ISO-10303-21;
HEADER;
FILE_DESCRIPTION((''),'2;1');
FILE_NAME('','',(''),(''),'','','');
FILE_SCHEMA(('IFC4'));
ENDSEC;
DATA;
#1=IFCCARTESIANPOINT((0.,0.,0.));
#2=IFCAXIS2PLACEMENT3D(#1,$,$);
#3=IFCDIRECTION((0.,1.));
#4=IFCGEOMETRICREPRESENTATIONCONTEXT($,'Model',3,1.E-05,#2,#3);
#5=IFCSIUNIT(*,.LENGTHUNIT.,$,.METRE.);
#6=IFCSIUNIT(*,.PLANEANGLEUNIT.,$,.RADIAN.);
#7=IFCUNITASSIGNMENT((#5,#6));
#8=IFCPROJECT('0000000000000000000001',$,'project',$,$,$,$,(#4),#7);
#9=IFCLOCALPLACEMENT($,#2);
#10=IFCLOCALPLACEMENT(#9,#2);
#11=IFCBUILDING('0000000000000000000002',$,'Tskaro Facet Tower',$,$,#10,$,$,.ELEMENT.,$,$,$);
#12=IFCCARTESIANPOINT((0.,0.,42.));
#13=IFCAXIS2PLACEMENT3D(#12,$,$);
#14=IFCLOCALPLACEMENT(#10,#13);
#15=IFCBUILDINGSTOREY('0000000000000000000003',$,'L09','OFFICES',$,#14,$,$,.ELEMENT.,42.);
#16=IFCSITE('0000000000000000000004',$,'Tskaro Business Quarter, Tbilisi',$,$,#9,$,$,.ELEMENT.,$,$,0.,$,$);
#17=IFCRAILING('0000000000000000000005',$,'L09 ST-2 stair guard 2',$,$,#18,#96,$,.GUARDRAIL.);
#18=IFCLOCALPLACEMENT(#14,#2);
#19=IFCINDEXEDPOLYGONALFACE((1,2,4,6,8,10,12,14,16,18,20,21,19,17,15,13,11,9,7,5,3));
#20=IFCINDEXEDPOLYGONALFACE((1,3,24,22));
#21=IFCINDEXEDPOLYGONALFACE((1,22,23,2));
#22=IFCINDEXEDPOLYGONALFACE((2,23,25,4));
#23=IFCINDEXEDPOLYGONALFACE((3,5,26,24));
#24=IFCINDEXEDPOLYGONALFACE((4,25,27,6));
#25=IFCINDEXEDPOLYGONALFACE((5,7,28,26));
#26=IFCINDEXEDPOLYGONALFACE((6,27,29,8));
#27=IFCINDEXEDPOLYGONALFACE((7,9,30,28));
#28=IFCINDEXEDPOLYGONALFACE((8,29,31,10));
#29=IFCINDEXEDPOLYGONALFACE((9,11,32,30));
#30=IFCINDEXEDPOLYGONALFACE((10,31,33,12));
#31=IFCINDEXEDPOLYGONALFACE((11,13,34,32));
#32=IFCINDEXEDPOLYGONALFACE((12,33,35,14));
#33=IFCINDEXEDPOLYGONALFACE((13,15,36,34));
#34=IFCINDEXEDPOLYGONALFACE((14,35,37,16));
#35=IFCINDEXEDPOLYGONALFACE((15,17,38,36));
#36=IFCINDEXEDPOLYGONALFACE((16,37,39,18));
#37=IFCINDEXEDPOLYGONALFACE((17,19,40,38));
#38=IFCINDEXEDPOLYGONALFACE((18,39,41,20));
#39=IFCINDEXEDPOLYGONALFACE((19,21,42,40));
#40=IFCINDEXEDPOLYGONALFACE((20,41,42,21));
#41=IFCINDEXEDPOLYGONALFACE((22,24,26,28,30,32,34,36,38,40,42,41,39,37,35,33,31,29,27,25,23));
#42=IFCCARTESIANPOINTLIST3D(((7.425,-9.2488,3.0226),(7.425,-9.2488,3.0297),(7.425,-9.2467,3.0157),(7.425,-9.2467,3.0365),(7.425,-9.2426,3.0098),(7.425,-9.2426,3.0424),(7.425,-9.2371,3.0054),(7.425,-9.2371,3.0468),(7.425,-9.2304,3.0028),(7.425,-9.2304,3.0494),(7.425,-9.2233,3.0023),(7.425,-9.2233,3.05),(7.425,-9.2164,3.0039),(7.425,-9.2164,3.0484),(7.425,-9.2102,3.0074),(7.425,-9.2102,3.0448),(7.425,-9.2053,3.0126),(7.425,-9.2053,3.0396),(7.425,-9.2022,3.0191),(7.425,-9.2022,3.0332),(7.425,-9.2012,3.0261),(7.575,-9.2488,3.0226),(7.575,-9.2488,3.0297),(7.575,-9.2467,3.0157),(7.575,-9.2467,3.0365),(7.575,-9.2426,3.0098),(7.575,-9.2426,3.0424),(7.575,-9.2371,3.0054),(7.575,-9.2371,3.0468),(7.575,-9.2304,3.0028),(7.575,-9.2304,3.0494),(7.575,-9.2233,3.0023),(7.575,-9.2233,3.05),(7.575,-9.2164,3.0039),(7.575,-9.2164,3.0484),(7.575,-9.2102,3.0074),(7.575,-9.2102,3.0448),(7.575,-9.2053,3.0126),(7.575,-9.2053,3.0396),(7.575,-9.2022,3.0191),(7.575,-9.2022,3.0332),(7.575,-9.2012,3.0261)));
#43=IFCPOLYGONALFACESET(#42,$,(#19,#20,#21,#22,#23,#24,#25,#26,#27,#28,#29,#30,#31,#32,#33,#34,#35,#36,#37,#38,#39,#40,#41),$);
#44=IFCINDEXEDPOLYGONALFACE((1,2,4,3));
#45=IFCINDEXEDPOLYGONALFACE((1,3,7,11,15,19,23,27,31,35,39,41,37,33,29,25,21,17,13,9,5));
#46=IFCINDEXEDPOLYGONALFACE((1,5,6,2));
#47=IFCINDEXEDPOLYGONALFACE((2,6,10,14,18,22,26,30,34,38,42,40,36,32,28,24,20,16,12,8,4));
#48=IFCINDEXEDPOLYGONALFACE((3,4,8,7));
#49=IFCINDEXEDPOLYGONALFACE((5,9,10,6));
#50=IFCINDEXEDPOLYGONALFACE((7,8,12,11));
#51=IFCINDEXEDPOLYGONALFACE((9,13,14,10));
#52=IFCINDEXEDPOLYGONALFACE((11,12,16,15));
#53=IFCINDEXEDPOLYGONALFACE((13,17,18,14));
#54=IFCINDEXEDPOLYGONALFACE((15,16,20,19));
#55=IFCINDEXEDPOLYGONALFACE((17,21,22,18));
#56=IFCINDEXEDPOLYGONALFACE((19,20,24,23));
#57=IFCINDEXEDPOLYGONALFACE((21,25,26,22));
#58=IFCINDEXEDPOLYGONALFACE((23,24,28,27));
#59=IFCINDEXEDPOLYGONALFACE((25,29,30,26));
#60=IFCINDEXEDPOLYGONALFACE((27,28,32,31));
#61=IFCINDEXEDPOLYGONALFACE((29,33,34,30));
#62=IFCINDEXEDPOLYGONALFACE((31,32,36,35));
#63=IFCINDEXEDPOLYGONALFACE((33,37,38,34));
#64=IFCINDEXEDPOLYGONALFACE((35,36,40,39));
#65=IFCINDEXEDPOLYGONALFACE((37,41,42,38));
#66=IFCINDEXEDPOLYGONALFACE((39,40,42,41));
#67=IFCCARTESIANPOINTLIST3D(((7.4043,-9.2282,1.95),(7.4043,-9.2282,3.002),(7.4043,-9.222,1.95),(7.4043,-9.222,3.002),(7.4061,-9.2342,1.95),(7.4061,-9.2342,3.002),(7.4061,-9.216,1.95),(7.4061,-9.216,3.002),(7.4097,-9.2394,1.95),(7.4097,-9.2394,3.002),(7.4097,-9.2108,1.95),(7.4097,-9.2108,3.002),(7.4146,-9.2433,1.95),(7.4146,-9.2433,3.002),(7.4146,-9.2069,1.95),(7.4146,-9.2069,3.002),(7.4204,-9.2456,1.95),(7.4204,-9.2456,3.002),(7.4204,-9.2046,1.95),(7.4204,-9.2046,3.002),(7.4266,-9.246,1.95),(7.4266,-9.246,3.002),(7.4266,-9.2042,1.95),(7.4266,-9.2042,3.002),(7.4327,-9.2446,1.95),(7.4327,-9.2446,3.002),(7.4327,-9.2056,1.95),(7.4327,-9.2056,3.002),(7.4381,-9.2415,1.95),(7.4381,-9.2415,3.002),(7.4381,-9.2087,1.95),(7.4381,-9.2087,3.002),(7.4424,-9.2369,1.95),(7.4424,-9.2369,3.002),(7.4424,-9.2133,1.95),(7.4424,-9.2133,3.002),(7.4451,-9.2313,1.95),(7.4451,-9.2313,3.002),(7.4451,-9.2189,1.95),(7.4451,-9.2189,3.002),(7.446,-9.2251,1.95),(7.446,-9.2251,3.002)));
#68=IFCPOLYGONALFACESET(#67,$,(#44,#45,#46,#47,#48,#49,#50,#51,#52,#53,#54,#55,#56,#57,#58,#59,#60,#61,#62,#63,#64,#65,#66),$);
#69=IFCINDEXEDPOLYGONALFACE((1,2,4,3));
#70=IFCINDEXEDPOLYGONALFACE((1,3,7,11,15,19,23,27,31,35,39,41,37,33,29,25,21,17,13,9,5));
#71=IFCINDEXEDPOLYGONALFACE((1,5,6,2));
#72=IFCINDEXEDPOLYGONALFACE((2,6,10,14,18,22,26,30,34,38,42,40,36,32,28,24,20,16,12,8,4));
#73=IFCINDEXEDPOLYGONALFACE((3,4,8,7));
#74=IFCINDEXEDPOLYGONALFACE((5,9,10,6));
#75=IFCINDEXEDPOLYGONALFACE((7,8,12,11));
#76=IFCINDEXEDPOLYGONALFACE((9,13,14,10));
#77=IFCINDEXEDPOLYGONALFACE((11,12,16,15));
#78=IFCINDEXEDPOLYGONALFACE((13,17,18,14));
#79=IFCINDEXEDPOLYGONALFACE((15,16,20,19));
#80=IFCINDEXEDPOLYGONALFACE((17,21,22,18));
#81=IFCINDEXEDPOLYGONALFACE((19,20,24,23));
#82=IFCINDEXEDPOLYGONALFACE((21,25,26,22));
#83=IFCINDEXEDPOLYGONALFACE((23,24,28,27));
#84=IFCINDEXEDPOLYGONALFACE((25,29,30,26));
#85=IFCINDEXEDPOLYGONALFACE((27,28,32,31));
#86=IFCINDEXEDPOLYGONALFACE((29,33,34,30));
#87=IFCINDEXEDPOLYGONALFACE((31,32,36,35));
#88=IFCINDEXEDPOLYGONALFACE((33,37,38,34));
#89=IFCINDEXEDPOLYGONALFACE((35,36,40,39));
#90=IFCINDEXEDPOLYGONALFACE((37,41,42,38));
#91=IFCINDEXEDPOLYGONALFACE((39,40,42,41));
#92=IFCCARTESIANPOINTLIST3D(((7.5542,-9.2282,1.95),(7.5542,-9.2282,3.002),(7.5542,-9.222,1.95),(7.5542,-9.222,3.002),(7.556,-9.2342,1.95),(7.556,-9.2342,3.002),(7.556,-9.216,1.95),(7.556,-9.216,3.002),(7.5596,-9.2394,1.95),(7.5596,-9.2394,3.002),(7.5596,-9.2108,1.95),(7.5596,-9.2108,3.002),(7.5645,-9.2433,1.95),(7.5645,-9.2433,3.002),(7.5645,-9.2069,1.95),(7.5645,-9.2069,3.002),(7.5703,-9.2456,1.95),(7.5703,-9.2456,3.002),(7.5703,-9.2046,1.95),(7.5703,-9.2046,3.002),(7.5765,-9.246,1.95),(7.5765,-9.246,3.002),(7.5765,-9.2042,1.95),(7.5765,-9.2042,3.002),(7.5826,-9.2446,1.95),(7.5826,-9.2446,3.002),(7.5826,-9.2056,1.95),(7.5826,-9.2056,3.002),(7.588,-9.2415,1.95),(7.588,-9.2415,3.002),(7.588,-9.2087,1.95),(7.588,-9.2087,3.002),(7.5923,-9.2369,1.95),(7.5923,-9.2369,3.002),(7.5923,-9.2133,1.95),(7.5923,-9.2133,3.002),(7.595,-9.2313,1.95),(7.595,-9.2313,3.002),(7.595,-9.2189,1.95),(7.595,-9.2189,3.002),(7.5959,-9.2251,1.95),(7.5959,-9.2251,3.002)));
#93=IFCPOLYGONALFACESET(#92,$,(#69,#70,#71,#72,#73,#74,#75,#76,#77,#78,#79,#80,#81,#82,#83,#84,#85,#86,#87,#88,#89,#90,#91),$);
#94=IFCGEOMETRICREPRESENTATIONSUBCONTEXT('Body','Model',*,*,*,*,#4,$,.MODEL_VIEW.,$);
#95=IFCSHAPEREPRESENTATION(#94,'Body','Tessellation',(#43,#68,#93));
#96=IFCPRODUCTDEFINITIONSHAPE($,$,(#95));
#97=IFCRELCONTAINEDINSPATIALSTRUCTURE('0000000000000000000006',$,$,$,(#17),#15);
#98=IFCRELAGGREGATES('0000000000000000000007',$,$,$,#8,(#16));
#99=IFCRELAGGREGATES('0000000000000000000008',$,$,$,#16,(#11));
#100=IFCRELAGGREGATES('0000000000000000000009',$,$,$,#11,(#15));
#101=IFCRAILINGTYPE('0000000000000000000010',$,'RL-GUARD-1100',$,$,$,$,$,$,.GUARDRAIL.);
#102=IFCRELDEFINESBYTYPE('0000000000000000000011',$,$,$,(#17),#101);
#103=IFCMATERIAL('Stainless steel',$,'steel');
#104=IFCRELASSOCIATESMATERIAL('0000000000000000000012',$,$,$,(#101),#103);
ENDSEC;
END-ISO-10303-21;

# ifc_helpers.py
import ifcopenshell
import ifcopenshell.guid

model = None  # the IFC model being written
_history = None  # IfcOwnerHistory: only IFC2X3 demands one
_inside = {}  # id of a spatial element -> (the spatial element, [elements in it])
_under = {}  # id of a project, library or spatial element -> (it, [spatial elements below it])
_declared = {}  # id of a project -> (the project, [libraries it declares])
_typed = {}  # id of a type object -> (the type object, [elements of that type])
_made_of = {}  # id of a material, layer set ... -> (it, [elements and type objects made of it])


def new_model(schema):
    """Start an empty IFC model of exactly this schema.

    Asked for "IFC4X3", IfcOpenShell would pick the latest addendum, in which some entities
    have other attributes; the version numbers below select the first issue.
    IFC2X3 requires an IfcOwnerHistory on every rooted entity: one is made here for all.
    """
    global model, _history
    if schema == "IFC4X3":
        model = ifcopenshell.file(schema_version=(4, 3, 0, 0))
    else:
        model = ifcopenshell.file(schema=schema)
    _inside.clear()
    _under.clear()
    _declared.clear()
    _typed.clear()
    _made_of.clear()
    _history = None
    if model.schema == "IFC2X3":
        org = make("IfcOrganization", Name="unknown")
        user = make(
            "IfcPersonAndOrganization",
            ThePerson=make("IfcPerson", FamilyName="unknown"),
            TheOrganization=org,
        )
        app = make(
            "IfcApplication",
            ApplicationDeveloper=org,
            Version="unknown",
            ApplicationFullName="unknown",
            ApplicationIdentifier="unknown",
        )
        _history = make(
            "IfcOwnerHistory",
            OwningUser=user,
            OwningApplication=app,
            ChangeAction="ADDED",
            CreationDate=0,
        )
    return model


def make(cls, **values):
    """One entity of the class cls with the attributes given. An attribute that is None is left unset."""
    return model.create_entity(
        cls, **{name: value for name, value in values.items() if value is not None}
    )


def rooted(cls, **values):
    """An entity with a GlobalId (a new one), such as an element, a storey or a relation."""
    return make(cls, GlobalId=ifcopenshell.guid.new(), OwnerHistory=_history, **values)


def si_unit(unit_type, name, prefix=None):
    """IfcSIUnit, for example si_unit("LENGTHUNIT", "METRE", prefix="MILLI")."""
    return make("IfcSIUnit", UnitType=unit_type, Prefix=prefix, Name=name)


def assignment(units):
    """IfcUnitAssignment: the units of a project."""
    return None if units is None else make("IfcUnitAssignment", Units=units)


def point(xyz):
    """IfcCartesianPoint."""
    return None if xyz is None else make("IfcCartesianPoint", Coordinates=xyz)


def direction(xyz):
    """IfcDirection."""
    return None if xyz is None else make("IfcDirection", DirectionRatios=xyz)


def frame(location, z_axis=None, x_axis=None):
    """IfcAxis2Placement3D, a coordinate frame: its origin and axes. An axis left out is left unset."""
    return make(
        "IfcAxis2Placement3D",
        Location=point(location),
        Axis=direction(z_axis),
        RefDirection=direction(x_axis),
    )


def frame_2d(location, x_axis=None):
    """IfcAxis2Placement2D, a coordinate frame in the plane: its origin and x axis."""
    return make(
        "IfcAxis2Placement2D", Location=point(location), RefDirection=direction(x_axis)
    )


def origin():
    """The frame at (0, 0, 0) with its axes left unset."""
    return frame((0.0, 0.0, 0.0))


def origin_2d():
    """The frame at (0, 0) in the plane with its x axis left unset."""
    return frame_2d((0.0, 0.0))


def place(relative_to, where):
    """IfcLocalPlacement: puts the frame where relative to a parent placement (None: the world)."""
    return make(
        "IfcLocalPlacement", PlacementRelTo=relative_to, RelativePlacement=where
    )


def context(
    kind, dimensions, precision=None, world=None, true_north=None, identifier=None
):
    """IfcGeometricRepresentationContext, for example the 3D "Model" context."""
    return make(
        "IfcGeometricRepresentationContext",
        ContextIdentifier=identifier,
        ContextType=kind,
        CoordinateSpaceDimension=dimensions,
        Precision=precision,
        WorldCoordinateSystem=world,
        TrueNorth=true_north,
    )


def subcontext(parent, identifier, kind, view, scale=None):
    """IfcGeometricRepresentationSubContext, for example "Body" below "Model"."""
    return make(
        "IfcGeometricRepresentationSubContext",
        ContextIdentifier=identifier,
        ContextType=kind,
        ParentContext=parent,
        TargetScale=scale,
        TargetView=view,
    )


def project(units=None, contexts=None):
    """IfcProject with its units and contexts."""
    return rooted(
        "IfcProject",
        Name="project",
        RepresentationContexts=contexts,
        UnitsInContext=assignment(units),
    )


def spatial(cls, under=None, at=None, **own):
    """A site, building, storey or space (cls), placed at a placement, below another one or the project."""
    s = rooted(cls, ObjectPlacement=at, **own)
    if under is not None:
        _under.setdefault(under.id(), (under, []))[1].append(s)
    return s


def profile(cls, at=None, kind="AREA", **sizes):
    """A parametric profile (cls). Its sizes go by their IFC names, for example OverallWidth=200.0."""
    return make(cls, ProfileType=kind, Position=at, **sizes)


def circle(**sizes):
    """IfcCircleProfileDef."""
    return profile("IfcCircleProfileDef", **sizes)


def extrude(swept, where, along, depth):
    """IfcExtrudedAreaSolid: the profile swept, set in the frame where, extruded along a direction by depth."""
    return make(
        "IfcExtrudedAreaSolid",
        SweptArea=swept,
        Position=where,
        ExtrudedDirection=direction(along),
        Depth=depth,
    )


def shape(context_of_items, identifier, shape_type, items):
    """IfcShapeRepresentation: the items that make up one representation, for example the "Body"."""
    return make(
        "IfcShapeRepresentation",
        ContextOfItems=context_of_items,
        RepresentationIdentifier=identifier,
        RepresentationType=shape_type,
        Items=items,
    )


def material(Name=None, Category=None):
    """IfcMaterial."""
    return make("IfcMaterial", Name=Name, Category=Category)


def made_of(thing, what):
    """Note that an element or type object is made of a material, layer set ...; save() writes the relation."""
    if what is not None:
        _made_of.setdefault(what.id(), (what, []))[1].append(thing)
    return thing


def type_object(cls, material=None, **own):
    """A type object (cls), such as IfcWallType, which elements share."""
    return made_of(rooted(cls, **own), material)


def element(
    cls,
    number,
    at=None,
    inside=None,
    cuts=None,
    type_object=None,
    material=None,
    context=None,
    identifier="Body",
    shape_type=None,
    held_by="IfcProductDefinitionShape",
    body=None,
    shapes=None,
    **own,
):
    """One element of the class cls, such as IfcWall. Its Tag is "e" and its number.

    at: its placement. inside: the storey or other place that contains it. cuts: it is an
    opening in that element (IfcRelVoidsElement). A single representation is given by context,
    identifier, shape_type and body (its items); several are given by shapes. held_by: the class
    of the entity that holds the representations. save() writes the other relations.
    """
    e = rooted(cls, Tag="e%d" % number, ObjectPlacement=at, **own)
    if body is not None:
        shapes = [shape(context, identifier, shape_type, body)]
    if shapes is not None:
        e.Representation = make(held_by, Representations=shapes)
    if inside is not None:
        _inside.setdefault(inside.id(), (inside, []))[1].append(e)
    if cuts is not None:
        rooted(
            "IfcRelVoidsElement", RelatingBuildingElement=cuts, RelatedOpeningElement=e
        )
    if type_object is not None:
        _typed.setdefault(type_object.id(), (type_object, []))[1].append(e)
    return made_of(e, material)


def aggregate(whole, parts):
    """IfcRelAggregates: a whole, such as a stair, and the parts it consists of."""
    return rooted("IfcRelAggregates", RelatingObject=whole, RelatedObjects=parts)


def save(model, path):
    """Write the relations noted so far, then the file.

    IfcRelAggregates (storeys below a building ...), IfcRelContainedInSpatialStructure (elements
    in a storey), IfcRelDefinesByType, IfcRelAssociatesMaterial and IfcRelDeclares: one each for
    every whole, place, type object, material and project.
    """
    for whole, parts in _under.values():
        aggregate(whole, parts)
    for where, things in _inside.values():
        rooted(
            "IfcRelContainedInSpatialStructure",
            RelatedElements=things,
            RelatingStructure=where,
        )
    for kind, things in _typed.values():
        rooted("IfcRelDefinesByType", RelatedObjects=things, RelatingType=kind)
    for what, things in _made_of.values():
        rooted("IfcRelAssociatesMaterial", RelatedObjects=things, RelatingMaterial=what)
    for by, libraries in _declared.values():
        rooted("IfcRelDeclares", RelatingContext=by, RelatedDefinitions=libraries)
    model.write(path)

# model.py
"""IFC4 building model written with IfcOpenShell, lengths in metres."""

from ifc_helpers import new_model, si_unit, direction, frame, origin, origin_2d, place, context, subcontext, project, spatial, circle, extrude, material, type_object, element, save


model = new_model("IFC4")

# Units and contexts
model_context = context("Model", 3, precision=1e-05, world=origin(), true_north=direction((0.0, 1.0)))
body_context = subcontext(model_context, "Body", "Model", "MODEL_VIEW")
ifc_project = project(units=[si_unit("LENGTHUNIT", "METRE"), si_unit("PLANEANGLEUNIT", "RADIAN")], contexts=[model_context])

# Site, building, storey
site_placement = place(None, origin())
site = spatial("IfcSite", under=ifc_project, at=site_placement, Name="Tskaro Business Quarter, Tbilisi", CompositionType="ELEMENT", RefElevation=0.0)
building_placement = place(site_placement, origin())
building = spatial("IfcBuilding", under=site, at=building_placement, Name="Tskaro Facet Tower", CompositionType="ELEMENT")
storey_placement = place(building_placement, frame((0.0, 0.0, 42.0)))
storey = spatial("IfcBuildingStorey", under=building, at=storey_placement, Name="L09", Description="OFFICES", CompositionType="ELEMENT", Elevation=42.0)

# Railing
ifc_material_1 = material(Name="Stainless steel", Category="steel")
railing_type_1 = type_object("IfcRailingType", Name="RL-GUARD-1100", PredefinedType="GUARDRAIL", material=ifc_material_1)
railing_1_placement = place(storey_placement, frame((7.425, -9.2251, 1.95)))
element("IfcRailing", 1, at=railing_1_placement, inside=storey, type_object=railing_type_1, Name="L09 ST-2 stair guard 2", PredefinedType="GUARDRAIL", context=body_context, shape_type="SweptSolid", body=[
    extrude(circle(Radius=0.0239, at=origin_2d()), frame((0.0, 0.0, 1.0762), z_axis=(1.0, 0.0, 0.0), x_axis=(0.0, 1.0, 0.0)), (0.0, 0.0, 1.0), 0.1499),
    extrude(circle(Radius=0.021, at=origin_2d()), origin(), (0.0, 0.0, 1.0), 1.052),
    extrude(circle(Radius=0.021, at=origin_2d()), frame((0.1499, 0.0, 0.0)), (0.0, 0.0, 1.0), 1.052),
])

save(model, "model.ifc")
